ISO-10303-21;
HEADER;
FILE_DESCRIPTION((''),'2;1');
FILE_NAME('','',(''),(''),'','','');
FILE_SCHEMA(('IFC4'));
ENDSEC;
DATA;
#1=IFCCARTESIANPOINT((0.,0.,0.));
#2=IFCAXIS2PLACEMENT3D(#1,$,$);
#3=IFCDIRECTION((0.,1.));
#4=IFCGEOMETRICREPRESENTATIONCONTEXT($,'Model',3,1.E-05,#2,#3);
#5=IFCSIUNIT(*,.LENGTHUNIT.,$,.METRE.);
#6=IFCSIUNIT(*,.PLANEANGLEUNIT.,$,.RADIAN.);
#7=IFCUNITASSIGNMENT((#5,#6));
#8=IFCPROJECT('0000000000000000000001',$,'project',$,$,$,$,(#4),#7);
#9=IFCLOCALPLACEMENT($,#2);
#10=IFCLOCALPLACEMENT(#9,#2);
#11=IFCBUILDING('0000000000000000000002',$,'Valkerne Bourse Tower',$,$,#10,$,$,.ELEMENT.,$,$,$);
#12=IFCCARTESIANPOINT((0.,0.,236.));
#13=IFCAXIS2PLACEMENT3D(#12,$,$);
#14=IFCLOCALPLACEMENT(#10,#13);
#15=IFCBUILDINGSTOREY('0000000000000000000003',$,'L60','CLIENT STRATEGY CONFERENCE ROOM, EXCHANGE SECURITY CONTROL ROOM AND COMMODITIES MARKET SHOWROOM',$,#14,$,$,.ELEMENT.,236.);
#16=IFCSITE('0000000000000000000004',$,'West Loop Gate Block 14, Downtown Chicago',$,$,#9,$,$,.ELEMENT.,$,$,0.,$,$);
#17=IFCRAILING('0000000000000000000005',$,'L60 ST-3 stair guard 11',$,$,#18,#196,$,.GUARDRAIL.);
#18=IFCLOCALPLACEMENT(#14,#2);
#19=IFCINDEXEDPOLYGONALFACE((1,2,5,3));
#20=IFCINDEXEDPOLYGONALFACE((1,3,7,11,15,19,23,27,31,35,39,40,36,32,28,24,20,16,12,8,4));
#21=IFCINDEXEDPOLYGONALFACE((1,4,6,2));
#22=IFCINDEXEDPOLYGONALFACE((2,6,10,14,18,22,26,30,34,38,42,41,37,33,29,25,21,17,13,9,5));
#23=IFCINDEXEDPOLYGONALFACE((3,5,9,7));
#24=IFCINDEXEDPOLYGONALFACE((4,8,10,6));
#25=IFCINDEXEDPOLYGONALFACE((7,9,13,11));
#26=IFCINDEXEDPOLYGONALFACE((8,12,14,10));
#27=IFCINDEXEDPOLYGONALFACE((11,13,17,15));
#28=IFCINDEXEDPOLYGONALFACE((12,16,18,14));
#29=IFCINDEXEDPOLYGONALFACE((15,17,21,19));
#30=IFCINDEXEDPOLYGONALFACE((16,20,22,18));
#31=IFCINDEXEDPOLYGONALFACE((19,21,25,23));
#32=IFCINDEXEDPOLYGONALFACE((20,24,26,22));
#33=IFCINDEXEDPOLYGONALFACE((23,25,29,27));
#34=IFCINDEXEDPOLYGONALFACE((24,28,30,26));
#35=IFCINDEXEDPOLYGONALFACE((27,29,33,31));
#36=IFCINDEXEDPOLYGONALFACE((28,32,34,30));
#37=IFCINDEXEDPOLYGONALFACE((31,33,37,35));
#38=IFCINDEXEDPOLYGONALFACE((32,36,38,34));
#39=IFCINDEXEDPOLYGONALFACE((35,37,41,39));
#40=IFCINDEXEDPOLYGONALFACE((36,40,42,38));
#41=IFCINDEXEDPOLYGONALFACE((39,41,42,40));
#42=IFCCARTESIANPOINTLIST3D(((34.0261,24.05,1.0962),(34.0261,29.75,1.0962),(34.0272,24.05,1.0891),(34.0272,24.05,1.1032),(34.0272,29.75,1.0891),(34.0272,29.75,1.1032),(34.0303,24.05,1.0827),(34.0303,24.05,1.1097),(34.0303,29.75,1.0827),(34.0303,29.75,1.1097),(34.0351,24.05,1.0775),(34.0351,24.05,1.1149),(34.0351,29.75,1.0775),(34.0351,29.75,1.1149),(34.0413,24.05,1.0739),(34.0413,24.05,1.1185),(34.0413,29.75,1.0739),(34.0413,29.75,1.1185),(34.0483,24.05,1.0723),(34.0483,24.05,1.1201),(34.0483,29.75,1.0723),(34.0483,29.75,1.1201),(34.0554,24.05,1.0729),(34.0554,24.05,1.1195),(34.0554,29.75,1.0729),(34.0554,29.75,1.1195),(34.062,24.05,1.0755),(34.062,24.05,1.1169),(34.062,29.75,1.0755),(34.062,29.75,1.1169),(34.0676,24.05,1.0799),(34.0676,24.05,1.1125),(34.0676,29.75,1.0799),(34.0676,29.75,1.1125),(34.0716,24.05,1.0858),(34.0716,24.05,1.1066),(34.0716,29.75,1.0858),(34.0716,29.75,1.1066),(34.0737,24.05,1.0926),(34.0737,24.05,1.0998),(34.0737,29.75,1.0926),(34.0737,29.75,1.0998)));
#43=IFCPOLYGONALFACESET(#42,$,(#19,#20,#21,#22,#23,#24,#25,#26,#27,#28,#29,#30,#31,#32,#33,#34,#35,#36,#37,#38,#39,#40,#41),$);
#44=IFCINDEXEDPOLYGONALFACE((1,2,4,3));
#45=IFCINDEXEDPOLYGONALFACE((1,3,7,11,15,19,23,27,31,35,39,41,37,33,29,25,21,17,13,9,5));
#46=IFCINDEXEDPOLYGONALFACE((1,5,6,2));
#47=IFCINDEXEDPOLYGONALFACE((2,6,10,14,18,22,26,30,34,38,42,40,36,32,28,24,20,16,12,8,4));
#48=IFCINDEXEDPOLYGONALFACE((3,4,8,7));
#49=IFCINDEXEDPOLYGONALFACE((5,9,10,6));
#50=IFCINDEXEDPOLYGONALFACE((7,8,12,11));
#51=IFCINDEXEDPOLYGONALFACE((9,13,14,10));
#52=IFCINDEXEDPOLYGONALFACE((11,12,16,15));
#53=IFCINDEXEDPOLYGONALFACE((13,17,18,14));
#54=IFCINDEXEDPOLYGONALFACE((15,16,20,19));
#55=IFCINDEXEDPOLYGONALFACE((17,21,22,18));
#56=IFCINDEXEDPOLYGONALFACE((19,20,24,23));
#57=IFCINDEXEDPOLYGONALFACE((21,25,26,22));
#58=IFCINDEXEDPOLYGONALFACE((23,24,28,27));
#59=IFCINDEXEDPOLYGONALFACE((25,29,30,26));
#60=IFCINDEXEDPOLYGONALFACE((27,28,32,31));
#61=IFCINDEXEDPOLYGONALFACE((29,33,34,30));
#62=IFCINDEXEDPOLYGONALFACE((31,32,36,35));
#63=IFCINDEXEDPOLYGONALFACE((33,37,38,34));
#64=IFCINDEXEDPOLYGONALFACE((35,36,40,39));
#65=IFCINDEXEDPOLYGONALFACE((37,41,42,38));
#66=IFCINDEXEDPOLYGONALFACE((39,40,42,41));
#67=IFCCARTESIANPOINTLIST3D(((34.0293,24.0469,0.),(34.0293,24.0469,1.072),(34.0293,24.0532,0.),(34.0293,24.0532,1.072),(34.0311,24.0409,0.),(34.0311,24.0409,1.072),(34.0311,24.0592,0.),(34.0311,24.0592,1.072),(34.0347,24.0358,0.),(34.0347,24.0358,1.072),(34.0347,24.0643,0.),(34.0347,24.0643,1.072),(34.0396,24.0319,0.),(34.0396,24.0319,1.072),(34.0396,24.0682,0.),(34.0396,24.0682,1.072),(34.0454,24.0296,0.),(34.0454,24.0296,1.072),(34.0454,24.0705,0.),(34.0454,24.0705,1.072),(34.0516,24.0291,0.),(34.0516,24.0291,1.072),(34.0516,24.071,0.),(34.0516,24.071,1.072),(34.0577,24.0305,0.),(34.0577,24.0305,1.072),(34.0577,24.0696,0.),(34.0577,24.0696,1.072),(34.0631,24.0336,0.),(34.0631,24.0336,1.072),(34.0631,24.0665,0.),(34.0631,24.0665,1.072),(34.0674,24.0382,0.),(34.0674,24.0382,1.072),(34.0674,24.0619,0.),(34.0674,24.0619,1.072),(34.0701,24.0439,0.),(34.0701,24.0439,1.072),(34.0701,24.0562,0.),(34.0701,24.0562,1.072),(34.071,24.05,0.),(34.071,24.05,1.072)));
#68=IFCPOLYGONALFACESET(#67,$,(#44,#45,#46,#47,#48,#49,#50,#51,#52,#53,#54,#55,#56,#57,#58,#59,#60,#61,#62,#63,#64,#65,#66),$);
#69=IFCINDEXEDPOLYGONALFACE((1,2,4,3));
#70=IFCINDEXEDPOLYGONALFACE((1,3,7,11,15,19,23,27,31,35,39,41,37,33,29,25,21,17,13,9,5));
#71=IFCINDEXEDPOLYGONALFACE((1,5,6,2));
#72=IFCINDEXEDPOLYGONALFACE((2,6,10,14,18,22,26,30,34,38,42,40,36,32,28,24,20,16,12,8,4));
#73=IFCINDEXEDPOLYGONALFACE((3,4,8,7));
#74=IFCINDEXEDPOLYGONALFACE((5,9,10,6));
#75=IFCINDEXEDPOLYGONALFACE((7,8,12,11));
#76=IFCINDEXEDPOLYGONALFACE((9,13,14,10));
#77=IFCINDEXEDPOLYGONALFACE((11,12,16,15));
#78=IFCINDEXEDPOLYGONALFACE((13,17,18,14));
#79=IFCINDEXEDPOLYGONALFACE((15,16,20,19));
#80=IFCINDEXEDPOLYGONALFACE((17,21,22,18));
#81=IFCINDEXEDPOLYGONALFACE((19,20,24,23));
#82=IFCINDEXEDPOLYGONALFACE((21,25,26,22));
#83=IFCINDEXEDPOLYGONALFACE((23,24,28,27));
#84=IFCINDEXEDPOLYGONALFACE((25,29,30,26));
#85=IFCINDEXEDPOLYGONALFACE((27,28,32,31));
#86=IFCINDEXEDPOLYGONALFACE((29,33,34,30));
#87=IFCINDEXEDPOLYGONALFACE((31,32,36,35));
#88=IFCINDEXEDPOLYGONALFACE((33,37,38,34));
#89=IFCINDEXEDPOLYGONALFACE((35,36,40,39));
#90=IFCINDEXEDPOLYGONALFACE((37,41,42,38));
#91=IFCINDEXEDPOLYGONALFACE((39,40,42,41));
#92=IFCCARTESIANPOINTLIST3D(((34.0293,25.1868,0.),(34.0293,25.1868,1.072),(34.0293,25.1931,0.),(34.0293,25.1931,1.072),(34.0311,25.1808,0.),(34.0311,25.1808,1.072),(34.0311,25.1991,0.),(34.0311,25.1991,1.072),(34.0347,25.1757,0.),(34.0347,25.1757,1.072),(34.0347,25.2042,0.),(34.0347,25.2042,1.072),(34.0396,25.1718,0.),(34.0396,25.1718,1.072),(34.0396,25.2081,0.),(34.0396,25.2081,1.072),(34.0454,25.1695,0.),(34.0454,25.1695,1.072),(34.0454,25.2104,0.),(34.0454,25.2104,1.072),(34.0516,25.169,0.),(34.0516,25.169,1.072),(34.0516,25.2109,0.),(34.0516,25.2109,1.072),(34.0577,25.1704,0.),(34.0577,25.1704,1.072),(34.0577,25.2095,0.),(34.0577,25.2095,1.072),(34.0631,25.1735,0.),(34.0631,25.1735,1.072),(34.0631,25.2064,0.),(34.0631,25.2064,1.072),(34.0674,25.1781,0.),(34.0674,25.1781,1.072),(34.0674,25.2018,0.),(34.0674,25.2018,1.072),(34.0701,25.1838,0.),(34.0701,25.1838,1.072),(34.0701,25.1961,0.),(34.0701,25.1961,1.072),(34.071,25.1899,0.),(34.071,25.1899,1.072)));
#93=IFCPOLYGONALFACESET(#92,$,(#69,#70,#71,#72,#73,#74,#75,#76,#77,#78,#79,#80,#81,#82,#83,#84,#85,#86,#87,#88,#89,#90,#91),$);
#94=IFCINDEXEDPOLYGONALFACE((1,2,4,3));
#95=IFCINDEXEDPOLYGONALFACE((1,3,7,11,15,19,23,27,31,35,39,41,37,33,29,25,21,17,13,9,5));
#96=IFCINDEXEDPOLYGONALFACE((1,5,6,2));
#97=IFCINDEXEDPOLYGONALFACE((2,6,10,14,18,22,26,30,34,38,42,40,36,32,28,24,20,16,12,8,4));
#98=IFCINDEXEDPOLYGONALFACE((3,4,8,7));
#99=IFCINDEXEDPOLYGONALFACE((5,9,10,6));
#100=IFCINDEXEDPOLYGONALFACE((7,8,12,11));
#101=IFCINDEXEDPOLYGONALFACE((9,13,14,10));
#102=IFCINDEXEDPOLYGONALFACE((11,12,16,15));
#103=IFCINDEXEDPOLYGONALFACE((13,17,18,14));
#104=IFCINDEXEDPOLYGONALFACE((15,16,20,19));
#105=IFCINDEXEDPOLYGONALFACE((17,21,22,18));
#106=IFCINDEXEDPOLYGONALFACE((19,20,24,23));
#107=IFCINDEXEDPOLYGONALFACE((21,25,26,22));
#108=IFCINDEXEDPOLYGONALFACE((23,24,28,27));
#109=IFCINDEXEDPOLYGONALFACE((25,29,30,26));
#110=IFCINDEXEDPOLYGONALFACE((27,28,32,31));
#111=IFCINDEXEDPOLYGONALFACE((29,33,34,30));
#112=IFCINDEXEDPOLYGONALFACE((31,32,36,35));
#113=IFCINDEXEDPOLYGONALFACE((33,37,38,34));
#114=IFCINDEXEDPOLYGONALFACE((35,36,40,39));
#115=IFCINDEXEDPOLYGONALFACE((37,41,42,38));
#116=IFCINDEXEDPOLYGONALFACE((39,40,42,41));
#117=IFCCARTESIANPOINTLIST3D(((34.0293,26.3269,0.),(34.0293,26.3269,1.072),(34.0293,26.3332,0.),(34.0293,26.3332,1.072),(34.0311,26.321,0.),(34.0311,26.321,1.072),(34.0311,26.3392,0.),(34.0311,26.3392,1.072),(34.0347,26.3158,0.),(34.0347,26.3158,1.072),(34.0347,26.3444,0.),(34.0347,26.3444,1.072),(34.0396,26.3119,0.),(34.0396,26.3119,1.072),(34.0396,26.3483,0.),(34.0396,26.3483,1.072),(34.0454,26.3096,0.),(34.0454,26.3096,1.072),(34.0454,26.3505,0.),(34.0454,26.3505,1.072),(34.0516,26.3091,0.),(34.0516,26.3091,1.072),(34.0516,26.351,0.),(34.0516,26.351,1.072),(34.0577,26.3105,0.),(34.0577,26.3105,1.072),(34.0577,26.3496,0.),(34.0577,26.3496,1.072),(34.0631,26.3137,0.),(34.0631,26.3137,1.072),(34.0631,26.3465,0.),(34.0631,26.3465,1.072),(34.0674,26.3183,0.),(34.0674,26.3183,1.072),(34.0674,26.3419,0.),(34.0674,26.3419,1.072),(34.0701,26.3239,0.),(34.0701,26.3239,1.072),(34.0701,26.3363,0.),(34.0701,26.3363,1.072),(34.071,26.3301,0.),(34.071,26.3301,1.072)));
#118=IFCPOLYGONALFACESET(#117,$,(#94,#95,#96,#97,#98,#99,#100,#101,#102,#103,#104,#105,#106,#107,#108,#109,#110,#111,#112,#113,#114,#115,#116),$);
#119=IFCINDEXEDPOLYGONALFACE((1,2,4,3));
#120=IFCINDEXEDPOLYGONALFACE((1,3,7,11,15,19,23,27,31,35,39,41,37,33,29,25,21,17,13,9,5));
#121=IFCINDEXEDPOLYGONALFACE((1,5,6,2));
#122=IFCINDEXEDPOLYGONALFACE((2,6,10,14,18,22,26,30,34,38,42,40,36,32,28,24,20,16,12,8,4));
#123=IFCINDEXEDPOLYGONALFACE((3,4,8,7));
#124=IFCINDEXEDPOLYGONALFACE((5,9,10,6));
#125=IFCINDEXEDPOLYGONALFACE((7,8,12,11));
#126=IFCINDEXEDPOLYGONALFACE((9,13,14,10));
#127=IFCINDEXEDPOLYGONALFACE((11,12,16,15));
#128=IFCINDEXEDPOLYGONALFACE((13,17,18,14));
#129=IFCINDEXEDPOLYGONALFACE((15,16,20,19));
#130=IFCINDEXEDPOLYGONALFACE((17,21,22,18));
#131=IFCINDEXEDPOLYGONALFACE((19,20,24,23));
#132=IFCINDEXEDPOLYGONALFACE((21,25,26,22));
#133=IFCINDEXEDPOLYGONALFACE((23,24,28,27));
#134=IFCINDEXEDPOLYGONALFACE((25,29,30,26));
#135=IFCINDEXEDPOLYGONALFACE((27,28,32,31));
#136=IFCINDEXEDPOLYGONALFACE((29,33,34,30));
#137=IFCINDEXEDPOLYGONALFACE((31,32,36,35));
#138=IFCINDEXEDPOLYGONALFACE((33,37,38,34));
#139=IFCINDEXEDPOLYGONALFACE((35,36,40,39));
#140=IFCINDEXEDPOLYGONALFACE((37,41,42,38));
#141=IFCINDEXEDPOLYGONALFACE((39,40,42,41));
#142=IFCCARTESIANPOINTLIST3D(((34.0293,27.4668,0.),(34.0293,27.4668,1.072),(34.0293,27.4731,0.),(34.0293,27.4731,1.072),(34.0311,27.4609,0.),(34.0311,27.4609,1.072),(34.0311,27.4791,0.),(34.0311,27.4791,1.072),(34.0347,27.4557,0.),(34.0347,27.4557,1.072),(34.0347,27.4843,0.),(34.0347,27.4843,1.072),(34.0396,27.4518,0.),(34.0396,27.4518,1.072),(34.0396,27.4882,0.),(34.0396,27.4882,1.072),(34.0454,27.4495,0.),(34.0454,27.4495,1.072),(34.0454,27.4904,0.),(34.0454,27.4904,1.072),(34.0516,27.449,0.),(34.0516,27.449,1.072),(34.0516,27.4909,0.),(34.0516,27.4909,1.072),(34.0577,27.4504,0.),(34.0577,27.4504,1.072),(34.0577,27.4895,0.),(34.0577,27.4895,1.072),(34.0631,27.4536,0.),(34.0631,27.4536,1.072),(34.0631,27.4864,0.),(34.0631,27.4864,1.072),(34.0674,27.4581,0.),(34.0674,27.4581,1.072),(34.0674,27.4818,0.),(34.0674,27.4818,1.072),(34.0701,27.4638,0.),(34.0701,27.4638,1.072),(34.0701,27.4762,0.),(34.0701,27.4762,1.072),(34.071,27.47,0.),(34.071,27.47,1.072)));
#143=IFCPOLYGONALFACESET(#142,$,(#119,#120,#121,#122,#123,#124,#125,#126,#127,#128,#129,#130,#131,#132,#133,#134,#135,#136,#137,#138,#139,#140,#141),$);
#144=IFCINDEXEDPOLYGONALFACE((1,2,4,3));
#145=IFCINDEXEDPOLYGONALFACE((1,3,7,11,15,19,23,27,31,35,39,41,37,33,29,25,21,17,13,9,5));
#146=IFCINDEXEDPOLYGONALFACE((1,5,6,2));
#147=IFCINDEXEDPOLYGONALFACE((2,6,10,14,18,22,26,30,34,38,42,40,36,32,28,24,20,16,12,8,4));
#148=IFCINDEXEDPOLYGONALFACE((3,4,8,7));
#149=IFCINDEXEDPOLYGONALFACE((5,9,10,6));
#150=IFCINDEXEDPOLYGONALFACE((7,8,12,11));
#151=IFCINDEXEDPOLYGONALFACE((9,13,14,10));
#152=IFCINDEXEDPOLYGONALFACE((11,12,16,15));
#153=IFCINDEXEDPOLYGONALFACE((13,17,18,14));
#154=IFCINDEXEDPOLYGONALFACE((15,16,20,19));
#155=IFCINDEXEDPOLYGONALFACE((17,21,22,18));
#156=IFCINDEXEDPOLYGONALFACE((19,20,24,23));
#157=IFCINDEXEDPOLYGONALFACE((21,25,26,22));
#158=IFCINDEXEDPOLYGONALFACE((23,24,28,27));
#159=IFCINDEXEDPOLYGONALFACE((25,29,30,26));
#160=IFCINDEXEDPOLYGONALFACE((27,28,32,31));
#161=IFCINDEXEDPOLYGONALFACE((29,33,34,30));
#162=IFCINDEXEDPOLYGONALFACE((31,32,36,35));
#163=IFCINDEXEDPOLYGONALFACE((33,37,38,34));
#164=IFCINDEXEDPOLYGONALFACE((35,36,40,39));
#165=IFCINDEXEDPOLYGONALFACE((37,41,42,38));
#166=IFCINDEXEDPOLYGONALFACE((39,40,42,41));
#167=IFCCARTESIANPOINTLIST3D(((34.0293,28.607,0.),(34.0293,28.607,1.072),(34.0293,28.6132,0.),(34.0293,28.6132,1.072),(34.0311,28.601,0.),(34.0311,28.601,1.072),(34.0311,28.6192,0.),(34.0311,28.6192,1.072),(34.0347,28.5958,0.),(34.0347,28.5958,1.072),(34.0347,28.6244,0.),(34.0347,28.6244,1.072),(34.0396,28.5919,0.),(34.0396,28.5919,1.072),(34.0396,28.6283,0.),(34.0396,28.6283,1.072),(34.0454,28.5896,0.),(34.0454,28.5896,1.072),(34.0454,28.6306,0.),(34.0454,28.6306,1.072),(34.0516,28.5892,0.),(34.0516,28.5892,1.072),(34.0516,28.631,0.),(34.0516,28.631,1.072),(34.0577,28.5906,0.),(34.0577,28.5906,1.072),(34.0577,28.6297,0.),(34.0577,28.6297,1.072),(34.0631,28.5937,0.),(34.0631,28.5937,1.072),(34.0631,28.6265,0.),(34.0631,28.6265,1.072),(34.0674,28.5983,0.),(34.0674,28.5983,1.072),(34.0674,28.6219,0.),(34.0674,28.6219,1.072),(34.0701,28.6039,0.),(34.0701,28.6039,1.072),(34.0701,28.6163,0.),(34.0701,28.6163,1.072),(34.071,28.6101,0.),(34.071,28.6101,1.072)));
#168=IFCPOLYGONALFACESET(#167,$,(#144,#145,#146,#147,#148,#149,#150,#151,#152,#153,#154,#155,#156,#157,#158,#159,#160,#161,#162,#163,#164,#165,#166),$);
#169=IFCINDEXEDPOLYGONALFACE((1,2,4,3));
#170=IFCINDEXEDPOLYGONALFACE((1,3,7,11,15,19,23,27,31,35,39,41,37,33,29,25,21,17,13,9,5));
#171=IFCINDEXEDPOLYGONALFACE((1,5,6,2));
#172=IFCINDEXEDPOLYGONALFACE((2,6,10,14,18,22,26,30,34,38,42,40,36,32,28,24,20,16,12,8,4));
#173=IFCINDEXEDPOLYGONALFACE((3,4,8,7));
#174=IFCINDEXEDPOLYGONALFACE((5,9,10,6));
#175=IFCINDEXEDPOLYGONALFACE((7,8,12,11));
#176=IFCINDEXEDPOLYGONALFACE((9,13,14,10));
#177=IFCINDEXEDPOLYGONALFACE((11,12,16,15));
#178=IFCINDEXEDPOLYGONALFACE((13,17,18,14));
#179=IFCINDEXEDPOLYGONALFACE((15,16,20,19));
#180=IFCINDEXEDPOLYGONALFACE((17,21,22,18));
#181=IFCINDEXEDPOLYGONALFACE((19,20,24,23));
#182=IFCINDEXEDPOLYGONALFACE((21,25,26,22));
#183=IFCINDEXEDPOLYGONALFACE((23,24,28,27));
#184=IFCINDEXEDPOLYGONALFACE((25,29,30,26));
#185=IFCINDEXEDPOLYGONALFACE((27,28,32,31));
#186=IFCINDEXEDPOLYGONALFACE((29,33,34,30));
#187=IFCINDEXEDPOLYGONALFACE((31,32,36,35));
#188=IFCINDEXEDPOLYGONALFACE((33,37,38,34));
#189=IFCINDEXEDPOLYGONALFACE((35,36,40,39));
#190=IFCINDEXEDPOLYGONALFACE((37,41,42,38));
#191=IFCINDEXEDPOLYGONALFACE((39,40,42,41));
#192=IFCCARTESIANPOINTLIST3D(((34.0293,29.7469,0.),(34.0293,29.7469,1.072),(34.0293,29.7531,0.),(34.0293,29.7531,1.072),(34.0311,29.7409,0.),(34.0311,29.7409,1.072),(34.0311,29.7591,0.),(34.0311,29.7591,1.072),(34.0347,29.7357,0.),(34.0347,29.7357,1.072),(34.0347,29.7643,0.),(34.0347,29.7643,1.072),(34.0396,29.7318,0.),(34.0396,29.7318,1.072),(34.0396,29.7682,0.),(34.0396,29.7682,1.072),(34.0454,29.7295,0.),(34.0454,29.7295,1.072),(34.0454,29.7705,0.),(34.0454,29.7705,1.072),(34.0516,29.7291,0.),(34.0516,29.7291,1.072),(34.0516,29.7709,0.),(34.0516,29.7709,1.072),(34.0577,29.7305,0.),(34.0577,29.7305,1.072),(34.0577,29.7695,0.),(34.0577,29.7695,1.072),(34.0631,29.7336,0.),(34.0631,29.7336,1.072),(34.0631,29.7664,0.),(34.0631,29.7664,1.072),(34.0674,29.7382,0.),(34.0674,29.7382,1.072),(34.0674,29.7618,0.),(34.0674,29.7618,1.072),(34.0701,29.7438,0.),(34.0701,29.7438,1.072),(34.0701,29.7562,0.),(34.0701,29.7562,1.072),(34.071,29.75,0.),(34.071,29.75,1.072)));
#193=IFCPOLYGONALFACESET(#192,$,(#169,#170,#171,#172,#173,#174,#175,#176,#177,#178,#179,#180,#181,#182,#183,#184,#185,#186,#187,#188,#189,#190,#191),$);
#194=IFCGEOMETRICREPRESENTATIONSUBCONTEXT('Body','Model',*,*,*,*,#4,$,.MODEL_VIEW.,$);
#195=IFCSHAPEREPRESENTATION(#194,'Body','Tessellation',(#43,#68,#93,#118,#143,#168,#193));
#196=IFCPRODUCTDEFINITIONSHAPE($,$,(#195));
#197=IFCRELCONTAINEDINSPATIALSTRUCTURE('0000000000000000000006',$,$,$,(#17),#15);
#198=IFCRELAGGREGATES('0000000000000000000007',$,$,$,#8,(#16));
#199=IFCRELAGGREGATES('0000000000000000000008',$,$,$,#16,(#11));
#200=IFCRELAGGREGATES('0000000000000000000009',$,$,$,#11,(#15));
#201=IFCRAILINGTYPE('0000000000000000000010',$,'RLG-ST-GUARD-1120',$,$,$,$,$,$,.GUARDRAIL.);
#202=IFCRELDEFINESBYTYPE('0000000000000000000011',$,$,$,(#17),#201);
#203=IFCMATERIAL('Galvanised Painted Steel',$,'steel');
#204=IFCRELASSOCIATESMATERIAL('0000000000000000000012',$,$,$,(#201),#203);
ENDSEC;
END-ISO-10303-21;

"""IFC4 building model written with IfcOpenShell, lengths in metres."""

from ifc_helpers import new_model, si_unit, direction, frame, origin, origin_2d, place, context, subcontext, project, spatial, circle, extrude, material, type_object, element, save


model = new_model("IFC4")

# Units and contexts
model_context = context("Model", 3, precision=1e-05, world=origin(), true_north=direction((0.0, 1.0)))
body_context = subcontext(model_context, "Body", "Model", "MODEL_VIEW")
ifc_project = project(units=[si_unit("LENGTHUNIT", "METRE"), si_unit("PLANEANGLEUNIT", "RADIAN")], contexts=[model_context])

# Site, building, storey
site_placement = place(None, origin())
site = spatial("IfcSite", under=ifc_project, at=site_placement, Name="West Loop Gate Block 14, Downtown Chicago", CompositionType="ELEMENT", RefElevation=0.0)
building_placement = place(site_placement, origin())
building = spatial("IfcBuilding", under=site, at=building_placement, Name="Valkerne Bourse Tower", CompositionType="ELEMENT")
storey_placement = place(building_placement, frame((0.0, 0.0, 236.0)))
storey = spatial("IfcBuildingStorey", under=building, at=storey_placement, Name="L60", Description="CLIENT STRATEGY CONFERENCE ROOM, EXCHANGE SECURITY CONTROL ROOM AND COMMODITIES MARKET SHOWROOM", CompositionType="ELEMENT", Elevation=236.0)

# Shared definitions
ifc_material_1 = material(Name="Galvanised Painted Steel", Category="steel")

# Railing
railing_type = type_object("IfcRailingType", Name="RLG-ST-GUARD-1120", PredefinedType="GUARDRAIL", material=ifc_material_1)
railing_placement = place(storey_placement, frame((34.05, 24.05, 0.0)))
element("IfcRailing", 1, at=railing_placement, inside=storey, type_object=railing_type, Name="L60 ST-3 stair guard 11", PredefinedType="GUARDRAIL", context=body_context, shape_type="SweptSolid", body=[
    extrude(circle(Radius=0.0239, at=origin_2d()), frame((0.0, 0.0, 1.0962), z_axis=(0.0, 1.0, 0.0), x_axis=(-1.0, 0.0, 0.0)), (0.0, 0.0, 1.0), 5.7),
    extrude(circle(Radius=0.021, at=origin_2d()), origin(), (0.0, 0.0, 1.0), 1.072),
    extrude(circle(Radius=0.021, at=origin_2d()), frame((0.0, 1.1399, 0.0)), (0.0, 0.0, 1.0), 1.072),
    extrude(circle(Radius=0.021, at=origin_2d()), frame((0.0, 2.28, 0.0)), (0.0, 0.0, 1.0), 1.072),
    extrude(circle(Radius=0.021, at=origin_2d()), frame((0.0, 3.4199, 0.0)), (0.0, 0.0, 1.0), 1.072),
    extrude(circle(Radius=0.021, at=origin_2d()), frame((0.0, 4.5601, 0.0)), (0.0, 0.0, 1.0), 1.072),
    extrude(circle(Radius=0.021, at=origin_2d()), frame((0.0, 5.7, 0.0)), (0.0, 0.0, 1.0), 1.072),
])

save(model, "model.ifc")
